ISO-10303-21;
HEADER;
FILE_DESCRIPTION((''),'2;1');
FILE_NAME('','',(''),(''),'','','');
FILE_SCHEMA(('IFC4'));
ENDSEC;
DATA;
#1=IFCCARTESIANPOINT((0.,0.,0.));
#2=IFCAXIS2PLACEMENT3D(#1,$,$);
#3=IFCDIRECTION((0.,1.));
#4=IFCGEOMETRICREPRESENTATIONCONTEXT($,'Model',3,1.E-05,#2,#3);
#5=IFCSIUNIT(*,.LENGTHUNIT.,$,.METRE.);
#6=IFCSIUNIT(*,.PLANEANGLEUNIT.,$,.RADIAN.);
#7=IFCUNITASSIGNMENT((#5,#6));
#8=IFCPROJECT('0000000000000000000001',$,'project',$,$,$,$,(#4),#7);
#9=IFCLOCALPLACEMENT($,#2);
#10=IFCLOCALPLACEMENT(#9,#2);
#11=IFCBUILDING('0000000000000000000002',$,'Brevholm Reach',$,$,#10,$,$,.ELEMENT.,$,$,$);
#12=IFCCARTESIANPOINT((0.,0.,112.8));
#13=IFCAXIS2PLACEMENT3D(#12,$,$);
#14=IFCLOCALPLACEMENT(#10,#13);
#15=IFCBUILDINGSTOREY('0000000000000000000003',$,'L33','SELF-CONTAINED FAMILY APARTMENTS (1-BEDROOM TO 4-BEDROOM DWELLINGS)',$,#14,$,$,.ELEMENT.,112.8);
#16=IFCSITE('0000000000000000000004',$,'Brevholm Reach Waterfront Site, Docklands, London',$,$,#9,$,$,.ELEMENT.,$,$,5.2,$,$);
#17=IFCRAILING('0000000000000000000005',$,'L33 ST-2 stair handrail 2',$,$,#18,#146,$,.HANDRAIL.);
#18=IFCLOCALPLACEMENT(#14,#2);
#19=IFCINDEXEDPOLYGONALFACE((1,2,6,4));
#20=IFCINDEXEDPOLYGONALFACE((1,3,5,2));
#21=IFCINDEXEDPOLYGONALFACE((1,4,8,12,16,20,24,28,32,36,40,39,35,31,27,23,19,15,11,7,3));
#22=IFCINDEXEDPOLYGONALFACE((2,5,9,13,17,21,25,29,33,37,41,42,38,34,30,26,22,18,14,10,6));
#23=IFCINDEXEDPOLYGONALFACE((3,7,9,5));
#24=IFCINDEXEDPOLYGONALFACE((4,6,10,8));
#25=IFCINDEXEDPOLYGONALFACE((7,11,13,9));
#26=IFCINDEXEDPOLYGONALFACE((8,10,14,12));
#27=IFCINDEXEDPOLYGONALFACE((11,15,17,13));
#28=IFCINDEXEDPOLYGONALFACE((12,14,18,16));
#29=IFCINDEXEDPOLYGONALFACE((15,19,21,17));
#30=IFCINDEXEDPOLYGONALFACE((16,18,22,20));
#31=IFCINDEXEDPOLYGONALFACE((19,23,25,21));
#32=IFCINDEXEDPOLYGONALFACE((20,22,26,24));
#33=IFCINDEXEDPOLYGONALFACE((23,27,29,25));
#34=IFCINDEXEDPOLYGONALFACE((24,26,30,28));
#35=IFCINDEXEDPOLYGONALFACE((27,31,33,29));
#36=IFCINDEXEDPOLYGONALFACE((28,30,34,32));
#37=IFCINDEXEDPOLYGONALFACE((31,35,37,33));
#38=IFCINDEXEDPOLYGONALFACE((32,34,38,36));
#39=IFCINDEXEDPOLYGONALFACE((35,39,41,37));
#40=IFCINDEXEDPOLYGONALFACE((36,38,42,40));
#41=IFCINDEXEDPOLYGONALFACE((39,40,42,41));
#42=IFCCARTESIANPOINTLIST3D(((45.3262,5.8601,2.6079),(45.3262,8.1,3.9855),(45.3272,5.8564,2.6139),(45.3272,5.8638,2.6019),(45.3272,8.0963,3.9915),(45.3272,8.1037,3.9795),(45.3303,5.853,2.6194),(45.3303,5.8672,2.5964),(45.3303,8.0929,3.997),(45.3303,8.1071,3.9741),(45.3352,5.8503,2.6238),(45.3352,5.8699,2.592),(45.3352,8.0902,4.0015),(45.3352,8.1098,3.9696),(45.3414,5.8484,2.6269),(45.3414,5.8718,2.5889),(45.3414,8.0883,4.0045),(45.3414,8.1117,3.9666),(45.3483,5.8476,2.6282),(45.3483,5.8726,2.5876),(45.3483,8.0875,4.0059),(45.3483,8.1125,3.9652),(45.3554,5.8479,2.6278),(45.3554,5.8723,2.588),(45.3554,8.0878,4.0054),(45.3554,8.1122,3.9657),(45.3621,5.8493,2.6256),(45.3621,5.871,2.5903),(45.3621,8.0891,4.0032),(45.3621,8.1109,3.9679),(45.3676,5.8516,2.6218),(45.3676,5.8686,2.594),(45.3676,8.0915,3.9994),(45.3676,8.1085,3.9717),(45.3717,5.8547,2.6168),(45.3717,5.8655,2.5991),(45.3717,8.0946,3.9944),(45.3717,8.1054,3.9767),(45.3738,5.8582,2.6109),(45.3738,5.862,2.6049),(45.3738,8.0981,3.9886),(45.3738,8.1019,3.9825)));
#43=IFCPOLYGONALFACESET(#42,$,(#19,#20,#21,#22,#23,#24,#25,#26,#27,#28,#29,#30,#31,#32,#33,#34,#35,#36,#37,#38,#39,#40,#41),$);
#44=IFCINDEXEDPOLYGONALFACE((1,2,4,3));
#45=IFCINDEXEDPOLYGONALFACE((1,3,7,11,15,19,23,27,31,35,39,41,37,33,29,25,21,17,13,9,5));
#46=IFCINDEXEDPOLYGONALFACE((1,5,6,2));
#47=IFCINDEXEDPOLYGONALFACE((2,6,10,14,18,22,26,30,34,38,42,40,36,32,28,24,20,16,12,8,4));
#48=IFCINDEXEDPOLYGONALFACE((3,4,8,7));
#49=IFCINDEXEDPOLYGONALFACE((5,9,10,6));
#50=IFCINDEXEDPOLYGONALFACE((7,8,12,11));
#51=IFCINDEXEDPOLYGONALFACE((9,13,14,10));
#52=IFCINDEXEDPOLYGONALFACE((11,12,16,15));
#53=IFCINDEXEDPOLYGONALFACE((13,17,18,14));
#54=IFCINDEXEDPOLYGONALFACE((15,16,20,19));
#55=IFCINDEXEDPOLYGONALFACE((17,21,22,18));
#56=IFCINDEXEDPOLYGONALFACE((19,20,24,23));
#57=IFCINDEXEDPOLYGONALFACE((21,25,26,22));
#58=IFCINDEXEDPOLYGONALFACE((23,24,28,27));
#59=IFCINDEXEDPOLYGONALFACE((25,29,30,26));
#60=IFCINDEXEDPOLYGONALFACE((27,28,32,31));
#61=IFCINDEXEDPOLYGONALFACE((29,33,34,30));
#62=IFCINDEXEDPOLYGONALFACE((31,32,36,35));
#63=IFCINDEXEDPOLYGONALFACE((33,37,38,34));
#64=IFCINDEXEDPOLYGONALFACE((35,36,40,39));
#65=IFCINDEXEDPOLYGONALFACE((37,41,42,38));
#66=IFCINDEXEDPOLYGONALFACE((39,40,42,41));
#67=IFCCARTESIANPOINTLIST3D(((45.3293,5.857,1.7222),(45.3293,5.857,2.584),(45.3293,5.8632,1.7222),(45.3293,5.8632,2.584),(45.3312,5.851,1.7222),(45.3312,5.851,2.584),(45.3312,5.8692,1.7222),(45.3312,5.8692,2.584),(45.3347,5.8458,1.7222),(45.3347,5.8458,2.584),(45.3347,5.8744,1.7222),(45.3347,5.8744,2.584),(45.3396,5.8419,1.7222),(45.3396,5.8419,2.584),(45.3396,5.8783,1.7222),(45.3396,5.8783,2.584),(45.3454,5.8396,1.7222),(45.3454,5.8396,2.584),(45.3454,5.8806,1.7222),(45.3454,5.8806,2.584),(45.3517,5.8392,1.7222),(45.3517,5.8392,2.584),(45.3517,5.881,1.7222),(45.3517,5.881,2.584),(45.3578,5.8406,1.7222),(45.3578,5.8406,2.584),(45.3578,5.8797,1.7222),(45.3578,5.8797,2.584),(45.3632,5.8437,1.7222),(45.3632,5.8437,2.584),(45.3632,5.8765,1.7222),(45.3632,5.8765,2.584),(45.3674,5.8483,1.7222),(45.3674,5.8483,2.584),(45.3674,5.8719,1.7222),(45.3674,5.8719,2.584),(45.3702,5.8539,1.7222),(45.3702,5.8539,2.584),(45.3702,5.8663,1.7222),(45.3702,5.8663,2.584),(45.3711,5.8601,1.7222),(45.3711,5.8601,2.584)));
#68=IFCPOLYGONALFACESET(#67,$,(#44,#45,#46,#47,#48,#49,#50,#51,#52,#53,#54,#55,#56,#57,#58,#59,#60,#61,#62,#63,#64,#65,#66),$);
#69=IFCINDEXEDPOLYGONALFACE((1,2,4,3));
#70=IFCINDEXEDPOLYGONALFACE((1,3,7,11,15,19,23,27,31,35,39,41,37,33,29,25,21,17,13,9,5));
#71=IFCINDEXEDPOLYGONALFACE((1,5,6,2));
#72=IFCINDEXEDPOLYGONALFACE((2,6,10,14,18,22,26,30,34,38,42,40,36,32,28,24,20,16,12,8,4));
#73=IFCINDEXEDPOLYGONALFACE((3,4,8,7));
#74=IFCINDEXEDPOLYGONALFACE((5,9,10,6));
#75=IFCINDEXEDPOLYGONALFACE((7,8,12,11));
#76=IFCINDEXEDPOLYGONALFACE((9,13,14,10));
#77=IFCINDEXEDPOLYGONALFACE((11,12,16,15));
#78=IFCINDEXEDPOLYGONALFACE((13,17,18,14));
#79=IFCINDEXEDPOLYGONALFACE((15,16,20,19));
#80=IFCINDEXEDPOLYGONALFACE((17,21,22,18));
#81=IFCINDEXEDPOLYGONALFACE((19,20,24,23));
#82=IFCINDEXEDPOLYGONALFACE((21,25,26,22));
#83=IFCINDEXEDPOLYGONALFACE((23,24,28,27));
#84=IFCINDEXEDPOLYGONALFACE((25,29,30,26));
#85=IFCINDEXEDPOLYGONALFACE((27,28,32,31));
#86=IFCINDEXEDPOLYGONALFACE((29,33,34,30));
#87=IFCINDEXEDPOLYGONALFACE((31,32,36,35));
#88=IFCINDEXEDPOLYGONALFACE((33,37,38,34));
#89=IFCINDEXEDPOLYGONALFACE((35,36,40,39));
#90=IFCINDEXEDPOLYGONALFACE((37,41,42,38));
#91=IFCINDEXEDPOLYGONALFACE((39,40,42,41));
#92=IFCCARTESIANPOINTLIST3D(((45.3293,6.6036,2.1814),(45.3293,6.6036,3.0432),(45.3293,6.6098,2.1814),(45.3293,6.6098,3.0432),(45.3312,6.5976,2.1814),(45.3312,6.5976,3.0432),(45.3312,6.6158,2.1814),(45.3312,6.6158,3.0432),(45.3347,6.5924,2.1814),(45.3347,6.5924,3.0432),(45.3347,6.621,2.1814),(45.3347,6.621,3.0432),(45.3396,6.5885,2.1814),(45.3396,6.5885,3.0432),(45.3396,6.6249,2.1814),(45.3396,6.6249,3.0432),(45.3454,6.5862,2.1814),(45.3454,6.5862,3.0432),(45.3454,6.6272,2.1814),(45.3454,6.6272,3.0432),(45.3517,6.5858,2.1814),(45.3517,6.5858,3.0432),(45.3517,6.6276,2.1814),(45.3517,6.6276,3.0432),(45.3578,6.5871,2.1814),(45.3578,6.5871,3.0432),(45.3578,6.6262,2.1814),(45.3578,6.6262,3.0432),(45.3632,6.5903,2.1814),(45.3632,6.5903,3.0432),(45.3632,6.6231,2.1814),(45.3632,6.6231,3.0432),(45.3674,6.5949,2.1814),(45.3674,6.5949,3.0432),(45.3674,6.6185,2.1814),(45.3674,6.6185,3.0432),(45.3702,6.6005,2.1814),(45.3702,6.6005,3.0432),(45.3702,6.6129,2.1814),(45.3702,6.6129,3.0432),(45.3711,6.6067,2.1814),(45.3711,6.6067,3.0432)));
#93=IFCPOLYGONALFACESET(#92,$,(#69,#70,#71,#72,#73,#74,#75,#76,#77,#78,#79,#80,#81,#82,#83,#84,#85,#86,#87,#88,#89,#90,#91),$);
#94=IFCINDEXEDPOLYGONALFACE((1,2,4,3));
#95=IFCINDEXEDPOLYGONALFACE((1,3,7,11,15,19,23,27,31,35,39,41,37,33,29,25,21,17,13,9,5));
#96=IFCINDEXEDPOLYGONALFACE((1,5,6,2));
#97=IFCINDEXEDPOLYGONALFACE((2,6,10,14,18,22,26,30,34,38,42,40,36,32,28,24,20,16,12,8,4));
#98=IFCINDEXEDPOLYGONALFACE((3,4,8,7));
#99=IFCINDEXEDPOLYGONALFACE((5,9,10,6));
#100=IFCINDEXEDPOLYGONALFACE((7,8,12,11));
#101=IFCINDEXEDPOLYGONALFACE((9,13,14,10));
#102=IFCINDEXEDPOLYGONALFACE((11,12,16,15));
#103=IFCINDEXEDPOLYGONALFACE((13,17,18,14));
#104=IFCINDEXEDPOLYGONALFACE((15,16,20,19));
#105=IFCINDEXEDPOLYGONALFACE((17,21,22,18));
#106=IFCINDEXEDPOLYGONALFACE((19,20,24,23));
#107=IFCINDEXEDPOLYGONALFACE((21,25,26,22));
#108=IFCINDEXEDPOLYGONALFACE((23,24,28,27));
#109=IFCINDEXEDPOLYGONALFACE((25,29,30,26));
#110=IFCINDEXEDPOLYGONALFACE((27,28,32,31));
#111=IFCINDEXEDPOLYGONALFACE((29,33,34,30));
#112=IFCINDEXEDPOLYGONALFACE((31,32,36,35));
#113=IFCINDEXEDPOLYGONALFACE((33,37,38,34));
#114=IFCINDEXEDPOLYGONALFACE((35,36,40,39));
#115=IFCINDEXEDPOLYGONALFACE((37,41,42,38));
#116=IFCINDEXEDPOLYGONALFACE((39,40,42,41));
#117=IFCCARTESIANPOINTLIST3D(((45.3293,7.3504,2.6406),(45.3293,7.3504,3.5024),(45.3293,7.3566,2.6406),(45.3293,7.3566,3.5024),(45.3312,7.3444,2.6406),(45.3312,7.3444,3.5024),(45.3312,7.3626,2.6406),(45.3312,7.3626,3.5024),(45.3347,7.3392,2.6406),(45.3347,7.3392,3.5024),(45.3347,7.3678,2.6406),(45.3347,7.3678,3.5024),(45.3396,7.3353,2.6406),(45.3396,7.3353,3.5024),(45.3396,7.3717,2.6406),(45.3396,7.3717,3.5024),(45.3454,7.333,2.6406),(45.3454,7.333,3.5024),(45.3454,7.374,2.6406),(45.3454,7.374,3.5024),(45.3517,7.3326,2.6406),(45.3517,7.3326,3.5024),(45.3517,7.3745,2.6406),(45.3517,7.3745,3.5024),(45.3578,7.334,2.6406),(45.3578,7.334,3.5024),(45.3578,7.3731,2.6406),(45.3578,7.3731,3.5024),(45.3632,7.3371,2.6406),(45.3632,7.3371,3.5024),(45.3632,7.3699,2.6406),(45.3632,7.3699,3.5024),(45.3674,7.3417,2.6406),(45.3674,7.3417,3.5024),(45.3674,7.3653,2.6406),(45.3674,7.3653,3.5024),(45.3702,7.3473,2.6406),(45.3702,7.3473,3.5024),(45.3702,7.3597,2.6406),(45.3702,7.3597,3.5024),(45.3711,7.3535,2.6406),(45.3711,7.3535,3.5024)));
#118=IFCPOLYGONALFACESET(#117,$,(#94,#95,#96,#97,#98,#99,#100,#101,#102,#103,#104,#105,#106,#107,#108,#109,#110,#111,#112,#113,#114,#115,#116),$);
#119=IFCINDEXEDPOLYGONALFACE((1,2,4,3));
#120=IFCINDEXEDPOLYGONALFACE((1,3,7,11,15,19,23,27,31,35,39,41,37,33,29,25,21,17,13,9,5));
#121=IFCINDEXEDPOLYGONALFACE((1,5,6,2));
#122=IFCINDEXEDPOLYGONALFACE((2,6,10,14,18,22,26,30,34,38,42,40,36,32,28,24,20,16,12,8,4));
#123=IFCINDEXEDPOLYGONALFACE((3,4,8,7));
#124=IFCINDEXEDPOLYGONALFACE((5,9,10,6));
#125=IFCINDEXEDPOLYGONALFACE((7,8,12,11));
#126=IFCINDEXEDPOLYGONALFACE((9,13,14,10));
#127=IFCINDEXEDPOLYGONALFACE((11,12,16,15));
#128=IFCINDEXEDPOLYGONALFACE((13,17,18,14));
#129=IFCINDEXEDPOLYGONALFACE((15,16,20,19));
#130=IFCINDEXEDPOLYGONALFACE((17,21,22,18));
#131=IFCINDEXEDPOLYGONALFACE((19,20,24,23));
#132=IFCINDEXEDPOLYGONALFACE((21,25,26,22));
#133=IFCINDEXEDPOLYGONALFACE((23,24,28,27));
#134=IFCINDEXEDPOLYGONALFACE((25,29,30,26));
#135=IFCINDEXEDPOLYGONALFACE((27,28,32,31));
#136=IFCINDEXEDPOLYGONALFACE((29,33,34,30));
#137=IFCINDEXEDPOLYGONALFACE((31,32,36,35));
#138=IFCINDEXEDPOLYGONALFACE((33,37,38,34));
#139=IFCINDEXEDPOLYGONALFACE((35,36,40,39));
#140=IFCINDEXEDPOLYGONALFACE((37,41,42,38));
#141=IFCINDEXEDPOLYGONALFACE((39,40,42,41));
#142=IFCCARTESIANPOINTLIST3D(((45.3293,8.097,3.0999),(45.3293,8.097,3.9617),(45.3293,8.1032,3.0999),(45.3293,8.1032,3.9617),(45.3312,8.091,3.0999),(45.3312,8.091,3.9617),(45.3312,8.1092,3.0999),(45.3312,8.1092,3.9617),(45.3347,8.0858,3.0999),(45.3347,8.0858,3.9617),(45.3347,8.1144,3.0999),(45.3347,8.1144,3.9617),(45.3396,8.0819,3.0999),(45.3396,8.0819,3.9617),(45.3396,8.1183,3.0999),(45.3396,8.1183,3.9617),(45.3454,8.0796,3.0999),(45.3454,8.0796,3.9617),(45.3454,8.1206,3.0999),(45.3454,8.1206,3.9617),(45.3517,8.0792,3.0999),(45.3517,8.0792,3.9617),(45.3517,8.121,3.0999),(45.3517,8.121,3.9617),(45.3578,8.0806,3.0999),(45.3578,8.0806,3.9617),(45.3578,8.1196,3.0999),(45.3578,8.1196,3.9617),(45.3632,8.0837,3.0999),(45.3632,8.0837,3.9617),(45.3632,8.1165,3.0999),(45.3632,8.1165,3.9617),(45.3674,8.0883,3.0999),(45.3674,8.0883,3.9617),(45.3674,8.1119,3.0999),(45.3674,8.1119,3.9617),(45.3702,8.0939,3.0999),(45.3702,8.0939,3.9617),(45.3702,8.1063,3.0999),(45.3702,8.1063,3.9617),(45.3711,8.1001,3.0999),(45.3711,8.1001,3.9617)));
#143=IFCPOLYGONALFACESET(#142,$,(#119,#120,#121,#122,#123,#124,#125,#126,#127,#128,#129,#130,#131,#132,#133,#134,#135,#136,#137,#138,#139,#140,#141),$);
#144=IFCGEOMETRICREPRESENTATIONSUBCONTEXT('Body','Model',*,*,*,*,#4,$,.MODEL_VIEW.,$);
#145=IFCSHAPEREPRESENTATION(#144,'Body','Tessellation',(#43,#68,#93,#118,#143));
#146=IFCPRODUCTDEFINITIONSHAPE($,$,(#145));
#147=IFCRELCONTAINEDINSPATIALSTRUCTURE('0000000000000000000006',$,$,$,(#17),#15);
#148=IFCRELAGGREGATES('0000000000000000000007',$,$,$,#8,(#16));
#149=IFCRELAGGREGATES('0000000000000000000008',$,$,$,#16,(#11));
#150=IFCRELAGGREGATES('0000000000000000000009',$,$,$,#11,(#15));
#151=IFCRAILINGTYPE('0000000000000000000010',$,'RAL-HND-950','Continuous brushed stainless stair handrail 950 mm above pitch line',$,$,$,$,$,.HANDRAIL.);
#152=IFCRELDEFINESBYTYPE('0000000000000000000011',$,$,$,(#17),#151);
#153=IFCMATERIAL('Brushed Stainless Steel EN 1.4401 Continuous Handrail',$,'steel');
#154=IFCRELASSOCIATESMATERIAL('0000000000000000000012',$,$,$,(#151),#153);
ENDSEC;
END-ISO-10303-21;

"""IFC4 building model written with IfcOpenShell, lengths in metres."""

from ifc_helpers import new_model, si_unit, direction, frame, origin, origin_2d, place, context, subcontext, project, spatial, circle, extrude, material, type_object, element, save


model = new_model("IFC4")

# Units and contexts
model_context = context("Model", 3, precision=1e-05, world=origin(), true_north=direction((0.0, 1.0)))
body_context = subcontext(model_context, "Body", "Model", "MODEL_VIEW")
ifc_project = project(units=[si_unit("LENGTHUNIT", "METRE"), si_unit("PLANEANGLEUNIT", "RADIAN")], contexts=[model_context])

# Site, building, storey
site_placement = place(None, origin())
site = spatial("IfcSite", under=ifc_project, at=site_placement, Name="Brevholm Reach Waterfront Site, Docklands, London", CompositionType="ELEMENT", RefElevation=5.2)
building_placement = place(site_placement, origin())
building = spatial("IfcBuilding", under=site, at=building_placement, Name="Brevholm Reach", CompositionType="ELEMENT")
storey_placement = place(building_placement, frame((0.0, 0.0, 112.8)))
storey = spatial("IfcBuildingStorey", under=building, at=storey_placement, Name="L33", Description="SELF-CONTAINED FAMILY APARTMENTS (1-BEDROOM TO 4-BEDROOM DWELLINGS)", CompositionType="ELEMENT", Elevation=112.8)

# Railing
ifc_material_1 = material(Name="Brushed Stainless Steel EN 1.4401 Continuous Handrail", Category="steel")
railing_type_1 = type_object("IfcRailingType", Name="RAL-HND-950", Description="Continuous brushed stainless stair handrail 950 mm above pitch line", PredefinedType="HANDRAIL", material=ifc_material_1)
railing_1_placement = place(storey_placement, frame((45.3501, 5.8601, 1.7222)))
element("IfcRailing", 1, at=railing_1_placement, inside=storey, type_object=railing_type_1, Name="L33 ST-2 stair handrail 2", PredefinedType="HANDRAIL", context=body_context, shape_type="SweptSolid", body=[
    extrude(circle(Radius=0.0239, at=origin_2d()), frame((0.0, 0.0, 0.8857), z_axis=(0.0, 0.851789, 0.523885), x_axis=(-1.0, 0.0, 0.0)), (0.0, 0.0, 1.0), 2.6296),
    extrude(circle(Radius=0.021, at=origin_2d()), origin(), (0.0, 0.0, 1.0), 0.8618),
    extrude(circle(Radius=0.021, at=origin_2d()), frame((0.0, 0.7466, 0.4592)), (0.0, 0.0, 1.0), 0.8618),
    extrude(circle(Radius=0.021, at=origin_2d()), frame((0.0, 1.4934, 0.9185)), (0.0, 0.0, 1.0), 0.8618),
    extrude(circle(Radius=0.021, at=origin_2d()), frame((0.0, 2.24, 1.3777)), (0.0, 0.0, 1.0), 0.8618),
])

save(model, "model.ifc")
